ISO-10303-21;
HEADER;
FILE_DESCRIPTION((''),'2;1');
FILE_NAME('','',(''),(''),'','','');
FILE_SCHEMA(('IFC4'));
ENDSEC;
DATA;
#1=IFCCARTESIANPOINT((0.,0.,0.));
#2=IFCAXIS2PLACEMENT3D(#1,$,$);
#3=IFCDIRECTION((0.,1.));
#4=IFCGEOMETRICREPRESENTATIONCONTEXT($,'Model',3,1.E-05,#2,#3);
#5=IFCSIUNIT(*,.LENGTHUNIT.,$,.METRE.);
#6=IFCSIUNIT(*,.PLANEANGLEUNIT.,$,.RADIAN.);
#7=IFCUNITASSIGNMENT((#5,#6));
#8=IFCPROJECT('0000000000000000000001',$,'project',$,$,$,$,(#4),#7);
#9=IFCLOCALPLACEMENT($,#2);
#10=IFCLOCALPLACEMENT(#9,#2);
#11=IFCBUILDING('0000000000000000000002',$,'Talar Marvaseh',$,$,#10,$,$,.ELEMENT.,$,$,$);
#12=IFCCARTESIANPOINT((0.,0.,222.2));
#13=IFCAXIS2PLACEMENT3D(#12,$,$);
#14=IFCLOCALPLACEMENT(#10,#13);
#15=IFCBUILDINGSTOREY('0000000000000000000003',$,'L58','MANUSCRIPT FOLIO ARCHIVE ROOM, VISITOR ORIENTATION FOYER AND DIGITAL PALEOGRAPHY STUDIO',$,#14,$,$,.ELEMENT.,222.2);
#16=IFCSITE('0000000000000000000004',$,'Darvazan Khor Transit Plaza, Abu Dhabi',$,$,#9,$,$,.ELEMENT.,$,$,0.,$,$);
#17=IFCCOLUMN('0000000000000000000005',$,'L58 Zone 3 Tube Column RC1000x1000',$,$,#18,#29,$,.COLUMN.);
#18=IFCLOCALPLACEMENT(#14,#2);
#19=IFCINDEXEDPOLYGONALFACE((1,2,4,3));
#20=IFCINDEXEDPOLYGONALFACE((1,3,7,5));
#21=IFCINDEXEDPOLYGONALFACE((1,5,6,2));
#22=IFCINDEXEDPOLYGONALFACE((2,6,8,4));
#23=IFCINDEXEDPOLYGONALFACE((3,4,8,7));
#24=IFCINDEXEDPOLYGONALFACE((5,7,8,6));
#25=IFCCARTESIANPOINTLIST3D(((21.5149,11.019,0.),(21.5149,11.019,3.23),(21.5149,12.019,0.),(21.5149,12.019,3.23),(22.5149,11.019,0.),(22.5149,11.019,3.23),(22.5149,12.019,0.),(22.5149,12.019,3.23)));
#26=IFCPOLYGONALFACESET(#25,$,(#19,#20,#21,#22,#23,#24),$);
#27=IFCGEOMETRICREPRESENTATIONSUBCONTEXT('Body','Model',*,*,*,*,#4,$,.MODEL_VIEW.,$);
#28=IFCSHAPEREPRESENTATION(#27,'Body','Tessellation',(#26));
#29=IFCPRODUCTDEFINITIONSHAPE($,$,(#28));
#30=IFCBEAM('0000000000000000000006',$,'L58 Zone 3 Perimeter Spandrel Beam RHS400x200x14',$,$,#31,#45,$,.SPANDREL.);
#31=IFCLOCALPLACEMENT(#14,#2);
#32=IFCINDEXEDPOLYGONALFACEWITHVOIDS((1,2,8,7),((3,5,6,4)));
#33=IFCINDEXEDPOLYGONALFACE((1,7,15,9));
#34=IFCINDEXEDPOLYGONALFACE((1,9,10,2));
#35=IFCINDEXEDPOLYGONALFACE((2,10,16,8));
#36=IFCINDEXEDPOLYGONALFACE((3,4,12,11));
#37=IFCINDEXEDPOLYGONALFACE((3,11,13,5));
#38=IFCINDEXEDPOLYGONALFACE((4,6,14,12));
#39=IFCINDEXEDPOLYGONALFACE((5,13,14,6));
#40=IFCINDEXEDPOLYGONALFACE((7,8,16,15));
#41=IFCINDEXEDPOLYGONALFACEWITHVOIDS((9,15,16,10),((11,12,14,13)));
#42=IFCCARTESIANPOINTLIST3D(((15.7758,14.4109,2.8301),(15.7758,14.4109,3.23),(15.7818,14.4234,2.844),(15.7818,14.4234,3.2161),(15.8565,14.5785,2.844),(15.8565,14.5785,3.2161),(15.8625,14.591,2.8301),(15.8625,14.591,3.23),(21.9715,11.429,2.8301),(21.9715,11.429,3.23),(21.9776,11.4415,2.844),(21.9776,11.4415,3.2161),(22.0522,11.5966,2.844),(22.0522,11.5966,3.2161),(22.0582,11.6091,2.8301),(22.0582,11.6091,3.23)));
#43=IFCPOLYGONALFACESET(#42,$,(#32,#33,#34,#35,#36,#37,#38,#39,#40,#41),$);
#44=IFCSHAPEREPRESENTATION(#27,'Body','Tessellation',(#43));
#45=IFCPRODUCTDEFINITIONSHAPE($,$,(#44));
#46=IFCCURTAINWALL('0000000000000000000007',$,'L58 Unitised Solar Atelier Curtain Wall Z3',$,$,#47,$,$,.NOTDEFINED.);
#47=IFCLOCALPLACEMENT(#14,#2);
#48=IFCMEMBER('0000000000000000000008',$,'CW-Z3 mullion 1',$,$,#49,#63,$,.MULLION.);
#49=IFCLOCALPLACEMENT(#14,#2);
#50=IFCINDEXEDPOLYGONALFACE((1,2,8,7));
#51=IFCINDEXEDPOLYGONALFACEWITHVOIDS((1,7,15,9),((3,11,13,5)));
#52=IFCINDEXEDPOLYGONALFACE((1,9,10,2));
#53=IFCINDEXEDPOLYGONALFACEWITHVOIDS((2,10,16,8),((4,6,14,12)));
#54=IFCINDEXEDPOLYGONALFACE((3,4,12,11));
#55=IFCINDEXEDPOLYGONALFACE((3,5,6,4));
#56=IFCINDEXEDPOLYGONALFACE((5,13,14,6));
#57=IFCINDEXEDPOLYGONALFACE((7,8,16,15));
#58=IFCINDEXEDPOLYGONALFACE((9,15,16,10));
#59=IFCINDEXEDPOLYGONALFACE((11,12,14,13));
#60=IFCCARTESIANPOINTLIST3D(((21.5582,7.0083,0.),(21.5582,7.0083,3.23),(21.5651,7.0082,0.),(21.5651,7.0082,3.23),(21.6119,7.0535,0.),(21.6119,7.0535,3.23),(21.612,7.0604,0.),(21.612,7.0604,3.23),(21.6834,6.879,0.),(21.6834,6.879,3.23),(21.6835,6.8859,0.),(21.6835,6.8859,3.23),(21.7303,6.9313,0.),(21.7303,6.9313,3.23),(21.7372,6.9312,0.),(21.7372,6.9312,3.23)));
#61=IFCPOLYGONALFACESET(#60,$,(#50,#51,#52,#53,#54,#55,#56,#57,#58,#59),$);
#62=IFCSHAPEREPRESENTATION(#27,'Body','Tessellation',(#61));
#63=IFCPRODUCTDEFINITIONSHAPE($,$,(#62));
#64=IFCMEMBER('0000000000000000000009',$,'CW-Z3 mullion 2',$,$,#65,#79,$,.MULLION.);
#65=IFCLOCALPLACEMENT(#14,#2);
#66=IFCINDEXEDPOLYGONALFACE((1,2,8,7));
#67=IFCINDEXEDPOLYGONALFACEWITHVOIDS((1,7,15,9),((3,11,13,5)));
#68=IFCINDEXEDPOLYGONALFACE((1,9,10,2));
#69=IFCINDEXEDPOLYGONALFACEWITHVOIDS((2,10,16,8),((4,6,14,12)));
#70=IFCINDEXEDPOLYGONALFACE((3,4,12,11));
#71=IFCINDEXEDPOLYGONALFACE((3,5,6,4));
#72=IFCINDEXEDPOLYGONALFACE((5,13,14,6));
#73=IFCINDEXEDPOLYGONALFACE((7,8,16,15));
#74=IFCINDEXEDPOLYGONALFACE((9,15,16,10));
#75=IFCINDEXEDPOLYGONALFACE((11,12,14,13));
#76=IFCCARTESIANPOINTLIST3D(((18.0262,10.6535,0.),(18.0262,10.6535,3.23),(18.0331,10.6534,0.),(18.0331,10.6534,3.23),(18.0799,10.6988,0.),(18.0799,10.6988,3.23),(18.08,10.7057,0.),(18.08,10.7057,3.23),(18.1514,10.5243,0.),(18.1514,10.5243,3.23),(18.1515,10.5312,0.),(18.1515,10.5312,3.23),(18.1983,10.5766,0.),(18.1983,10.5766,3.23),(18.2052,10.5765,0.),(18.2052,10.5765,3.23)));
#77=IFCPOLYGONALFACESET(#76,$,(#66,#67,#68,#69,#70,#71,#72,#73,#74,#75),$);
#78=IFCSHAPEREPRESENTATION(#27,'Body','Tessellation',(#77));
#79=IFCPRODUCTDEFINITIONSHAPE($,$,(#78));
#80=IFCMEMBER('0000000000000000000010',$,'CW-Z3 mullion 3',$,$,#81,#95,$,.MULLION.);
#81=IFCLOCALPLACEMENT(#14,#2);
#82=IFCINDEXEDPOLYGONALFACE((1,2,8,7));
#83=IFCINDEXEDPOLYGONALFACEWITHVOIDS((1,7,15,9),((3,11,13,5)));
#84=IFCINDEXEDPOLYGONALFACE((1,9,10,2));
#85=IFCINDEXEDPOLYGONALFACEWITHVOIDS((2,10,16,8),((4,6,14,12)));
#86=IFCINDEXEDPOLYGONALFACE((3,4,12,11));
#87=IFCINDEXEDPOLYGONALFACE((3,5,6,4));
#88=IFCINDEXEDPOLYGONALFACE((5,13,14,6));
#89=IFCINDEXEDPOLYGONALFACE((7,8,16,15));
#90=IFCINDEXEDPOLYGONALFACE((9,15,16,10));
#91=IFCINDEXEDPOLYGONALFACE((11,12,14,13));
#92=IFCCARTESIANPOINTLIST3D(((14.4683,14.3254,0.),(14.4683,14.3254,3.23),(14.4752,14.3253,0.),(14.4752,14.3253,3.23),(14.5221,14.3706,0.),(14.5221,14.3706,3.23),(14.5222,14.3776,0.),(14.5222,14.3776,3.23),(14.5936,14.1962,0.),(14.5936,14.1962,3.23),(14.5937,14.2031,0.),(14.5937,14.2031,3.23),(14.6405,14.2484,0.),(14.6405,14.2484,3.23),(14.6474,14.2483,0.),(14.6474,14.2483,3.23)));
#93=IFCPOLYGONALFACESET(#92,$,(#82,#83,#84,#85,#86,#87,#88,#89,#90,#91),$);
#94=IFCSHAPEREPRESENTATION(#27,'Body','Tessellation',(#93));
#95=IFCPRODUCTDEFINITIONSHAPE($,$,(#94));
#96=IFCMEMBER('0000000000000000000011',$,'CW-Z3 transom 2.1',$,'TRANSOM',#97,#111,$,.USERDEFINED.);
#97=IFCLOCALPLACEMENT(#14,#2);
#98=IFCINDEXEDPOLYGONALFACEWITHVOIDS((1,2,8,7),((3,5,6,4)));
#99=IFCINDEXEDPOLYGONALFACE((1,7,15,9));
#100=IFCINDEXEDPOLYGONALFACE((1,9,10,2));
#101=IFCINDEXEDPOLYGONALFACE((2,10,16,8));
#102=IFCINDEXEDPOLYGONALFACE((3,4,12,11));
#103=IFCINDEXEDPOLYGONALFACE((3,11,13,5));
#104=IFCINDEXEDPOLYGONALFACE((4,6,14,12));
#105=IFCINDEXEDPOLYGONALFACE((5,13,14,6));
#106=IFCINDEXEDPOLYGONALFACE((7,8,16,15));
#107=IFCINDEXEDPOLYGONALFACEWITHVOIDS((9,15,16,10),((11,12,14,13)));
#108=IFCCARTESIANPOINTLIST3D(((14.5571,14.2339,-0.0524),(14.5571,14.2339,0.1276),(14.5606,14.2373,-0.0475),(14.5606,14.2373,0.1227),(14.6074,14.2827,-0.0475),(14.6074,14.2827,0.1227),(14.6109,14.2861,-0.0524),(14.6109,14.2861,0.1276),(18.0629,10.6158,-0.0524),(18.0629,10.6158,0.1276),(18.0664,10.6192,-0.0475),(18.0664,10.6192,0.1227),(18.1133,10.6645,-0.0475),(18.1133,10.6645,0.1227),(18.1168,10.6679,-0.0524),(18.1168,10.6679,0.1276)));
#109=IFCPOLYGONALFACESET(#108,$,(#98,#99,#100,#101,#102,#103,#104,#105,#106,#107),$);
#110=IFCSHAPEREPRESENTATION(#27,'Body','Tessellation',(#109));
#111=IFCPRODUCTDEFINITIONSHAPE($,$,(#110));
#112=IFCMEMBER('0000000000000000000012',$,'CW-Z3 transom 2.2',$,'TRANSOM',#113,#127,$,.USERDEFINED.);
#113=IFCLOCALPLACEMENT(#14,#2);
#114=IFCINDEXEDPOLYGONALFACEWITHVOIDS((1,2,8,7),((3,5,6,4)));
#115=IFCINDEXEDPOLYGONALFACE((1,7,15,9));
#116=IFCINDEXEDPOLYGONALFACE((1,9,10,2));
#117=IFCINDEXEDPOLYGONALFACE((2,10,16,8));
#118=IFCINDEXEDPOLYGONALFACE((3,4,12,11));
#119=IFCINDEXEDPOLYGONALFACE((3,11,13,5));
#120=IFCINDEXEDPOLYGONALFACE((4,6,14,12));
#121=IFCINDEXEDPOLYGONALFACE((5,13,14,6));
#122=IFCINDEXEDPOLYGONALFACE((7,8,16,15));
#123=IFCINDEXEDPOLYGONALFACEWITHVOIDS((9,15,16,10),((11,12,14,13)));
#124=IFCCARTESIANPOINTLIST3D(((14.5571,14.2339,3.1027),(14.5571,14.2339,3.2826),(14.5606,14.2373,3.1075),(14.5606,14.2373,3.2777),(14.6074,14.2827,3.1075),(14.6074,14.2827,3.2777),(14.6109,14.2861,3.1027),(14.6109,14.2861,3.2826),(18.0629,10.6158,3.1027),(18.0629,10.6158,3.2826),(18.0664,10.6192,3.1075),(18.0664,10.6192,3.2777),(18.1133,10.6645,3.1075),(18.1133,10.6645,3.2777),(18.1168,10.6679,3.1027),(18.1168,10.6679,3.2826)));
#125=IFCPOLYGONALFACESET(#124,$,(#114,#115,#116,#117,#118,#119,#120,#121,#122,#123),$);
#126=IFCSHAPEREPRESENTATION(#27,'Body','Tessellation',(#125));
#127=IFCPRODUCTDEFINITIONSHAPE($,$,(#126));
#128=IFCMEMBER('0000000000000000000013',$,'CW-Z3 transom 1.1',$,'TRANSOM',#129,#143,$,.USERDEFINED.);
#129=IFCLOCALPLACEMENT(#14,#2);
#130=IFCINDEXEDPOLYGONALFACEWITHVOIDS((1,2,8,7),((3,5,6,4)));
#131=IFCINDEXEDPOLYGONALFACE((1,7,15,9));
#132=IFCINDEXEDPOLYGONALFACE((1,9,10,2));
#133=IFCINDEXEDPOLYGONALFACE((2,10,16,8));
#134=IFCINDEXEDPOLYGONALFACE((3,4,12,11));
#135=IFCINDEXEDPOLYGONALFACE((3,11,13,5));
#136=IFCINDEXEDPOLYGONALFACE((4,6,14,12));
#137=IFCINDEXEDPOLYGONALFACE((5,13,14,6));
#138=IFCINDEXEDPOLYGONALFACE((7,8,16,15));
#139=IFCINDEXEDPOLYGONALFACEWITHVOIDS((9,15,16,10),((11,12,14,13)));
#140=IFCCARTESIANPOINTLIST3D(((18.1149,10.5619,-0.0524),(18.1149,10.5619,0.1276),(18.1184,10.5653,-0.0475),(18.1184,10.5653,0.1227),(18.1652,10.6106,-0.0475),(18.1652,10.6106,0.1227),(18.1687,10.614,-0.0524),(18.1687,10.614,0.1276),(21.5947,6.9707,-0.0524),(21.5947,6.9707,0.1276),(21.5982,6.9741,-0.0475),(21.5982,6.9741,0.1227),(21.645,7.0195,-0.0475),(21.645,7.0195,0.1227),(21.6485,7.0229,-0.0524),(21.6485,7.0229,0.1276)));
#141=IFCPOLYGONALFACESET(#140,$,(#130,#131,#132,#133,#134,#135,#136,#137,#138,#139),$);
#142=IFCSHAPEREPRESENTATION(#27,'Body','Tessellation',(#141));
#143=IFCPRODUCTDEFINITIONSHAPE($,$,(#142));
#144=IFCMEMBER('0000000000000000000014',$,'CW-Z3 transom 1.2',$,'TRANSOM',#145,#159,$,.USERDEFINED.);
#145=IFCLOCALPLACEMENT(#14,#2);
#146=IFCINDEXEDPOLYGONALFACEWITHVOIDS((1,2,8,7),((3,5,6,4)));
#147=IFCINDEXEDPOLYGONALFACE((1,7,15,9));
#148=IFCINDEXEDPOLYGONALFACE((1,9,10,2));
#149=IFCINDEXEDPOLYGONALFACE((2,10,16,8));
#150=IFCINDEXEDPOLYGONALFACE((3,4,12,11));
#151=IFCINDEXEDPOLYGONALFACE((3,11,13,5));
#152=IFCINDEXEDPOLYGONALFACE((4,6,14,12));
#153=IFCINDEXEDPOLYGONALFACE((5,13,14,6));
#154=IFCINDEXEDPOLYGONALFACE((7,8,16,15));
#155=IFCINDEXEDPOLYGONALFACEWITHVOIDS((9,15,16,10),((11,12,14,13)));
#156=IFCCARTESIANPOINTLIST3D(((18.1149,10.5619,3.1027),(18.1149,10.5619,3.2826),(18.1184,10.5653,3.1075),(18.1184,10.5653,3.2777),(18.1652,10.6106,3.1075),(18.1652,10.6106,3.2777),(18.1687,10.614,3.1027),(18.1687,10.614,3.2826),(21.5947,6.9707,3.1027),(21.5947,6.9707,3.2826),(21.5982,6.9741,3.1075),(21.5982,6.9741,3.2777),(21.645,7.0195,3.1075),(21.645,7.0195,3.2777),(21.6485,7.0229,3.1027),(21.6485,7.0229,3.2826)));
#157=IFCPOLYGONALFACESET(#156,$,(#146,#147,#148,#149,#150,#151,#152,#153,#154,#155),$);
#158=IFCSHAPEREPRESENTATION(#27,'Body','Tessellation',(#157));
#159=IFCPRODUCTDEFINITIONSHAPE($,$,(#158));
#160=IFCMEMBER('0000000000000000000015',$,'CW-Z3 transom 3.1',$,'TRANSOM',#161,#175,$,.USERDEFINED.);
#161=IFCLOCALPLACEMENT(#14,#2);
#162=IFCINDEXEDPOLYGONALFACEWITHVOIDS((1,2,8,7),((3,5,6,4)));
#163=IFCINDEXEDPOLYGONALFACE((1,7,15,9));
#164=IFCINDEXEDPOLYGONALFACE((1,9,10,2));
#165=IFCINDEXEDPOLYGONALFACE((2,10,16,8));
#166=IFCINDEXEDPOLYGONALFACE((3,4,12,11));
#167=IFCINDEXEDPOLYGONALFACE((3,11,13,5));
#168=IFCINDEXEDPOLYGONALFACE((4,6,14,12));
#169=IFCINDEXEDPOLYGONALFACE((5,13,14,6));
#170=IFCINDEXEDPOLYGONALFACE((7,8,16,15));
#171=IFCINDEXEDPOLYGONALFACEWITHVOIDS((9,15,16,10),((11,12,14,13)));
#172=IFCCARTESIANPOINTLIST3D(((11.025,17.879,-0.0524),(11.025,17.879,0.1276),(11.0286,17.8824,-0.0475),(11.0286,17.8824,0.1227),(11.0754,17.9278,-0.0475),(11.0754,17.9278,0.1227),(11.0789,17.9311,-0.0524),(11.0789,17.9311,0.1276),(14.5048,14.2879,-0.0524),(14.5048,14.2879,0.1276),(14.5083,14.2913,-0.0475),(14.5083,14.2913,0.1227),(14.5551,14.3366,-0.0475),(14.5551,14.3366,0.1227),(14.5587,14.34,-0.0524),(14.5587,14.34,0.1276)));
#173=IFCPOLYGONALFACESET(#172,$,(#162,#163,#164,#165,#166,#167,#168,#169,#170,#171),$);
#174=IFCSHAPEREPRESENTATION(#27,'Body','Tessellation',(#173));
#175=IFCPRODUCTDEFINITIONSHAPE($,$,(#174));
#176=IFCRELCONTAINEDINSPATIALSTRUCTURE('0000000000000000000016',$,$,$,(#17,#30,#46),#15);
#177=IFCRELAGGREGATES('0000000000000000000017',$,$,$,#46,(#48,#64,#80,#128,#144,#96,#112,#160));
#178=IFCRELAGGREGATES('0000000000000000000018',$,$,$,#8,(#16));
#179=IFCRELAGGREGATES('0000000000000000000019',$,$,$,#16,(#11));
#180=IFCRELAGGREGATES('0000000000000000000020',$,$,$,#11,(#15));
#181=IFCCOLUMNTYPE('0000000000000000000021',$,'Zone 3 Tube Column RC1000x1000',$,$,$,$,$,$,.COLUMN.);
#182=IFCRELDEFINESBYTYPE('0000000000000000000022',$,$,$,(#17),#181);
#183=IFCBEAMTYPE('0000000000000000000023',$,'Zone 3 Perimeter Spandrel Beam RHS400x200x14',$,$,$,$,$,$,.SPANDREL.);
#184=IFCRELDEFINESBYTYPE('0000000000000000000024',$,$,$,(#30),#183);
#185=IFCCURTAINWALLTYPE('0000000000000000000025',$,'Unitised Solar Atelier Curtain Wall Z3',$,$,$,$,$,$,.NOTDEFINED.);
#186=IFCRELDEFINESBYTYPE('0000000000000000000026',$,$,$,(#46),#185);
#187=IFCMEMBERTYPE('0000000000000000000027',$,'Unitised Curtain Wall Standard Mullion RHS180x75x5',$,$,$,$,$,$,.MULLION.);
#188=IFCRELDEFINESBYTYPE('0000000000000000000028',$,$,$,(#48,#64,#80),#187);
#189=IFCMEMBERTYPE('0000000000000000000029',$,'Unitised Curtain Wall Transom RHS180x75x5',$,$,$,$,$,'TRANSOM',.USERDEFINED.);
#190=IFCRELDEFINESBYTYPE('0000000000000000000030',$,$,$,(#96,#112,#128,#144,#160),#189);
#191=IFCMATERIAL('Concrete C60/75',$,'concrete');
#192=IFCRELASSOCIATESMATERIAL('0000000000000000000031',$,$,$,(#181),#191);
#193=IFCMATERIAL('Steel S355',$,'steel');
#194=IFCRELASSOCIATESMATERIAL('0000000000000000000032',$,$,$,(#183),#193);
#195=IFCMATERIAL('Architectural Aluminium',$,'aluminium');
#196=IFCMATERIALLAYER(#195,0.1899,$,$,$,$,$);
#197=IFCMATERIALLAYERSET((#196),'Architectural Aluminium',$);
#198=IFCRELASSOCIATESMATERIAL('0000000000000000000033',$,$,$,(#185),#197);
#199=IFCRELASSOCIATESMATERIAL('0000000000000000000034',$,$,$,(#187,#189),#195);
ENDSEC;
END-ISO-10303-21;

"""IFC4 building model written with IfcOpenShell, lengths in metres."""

from ifc_helpers import new_model, si_unit, direction, frame, origin, origin_2d, place, context, subcontext, project, spatial, rectangle, hollow_rectangle, extrude, source, transform, mapped, material, layer, layer_set, material_profile, profile_set, type_object, type_shapes, element, aggregate, save


model = new_model("IFC4")

# Units and contexts
model_context = context("Model", 3, precision=1e-05, world=origin(), true_north=direction((0.0, 1.0)))
body_context = subcontext(model_context, "Body", "Model", "MODEL_VIEW")
ifc_project = project(units=[si_unit("LENGTHUNIT", "METRE"), si_unit("PLANEANGLEUNIT", "RADIAN")], contexts=[model_context])

# Site, building, storey
site_placement = place(None, origin())
site = spatial("IfcSite", under=ifc_project, at=site_placement, Name="Darvazan Khor Transit Plaza, Abu Dhabi", CompositionType="ELEMENT", RefElevation=0.0)
building_placement = place(site_placement, origin())
building = spatial("IfcBuilding", under=site, at=building_placement, Name="Talar Marvaseh", CompositionType="ELEMENT")
storey_placement = place(building_placement, frame((0.0, 0.0, 222.2)))
storey = spatial("IfcBuildingStorey", under=building, at=storey_placement, Name="L58", Description="MANUSCRIPT FOLIO ARCHIVE ROOM, VISITOR ORIENTATION FOYER AND DIGITAL PALEOGRAPHY STUDIO", CompositionType="ELEMENT", Elevation=222.2)

# Column
ifc_material_1 = material(Name="Concrete C60/75", Category="concrete")
ifc_material_profile_1 = material_profile(ifc_material_1, rectangle(XDim=1.0, YDim=1.0, at=origin_2d()), Name="RC1000x1000")
ifc_profile_set_1 = profile_set([ifc_material_profile_1], Name="Concrete C60/75")
column_type = type_object("IfcColumnType", Name="Zone 3 Tube Column RC1000x1000", PredefinedType="COLUMN", material=ifc_profile_set_1)
column_placement = place(storey_placement, frame((22.0149, 11.519, 0.0), z_axis=(0.0, 0.0, 1.0), x_axis=(1.0, 0.0, 0.0)))
element("IfcColumn", 1, at=column_placement, inside=storey, type_object=column_type, Name="L58 Zone 3 Tube Column RC1000x1000", PredefinedType="COLUMN", context=body_context, shape_type="SweptSolid", body=[
    extrude(rectangle(XDim=1.0, YDim=1.0, at=origin_2d()), origin(), (0.0, 0.0, 1.0), 3.23),
])

# Beam
ifc_material_2 = material(Name="Steel S355", Category="steel")
ifc_material_profile_2 = material_profile(ifc_material_2, hollow_rectangle(XDim=0.2, YDim=0.3999, WallThickness=0.0139, at=origin_2d()), Name="RHS400x200x14")
ifc_profile_set_2 = profile_set([ifc_material_profile_2], Name="Steel S355")
beam_type = type_object("IfcBeamType", Name="Zone 3 Perimeter Spandrel Beam RHS400x200x14", PredefinedType="SPANDREL", material=ifc_profile_set_2)
beam_placement = place(storey_placement, frame((22.0149, 11.519, 3.03), z_axis=(-0.901072, 0.43367, 0.0), x_axis=(-0.43367, -0.901072, 0.0)))
element("IfcBeam", 2, at=beam_placement, inside=storey, type_object=beam_type, Name="L58 Zone 3 Perimeter Spandrel Beam RHS400x200x14", PredefinedType="SPANDREL", context=body_context, shape_type="SweptSolid", body=[
    extrude(hollow_rectangle(XDim=0.2, YDim=0.3999, WallThickness=0.0139, at=origin_2d()), origin(), (0.0, 0.0, 1.0), 6.876),
])

# Curtain wall, members
ifc_material_3 = material(Name="Architectural Aluminium", Category="aluminium")
ifc_layer_1 = layer(ifc_material_3, 0.1899)
ifc_layer_set_1 = layer_set([ifc_layer_1], Name="Architectural Aluminium")
curtain_wall_type = type_object("IfcCurtainWallType", Name="Unitised Solar Atelier Curtain Wall Z3", PredefinedType="NOTDEFINED", material=ifc_layer_set_1)
curtain_wall_placement = place(storey_placement, origin())
curtain_wall = element("IfcCurtainWall", 3, at=curtain_wall_placement, inside=storey, type_object=curtain_wall_type, Name="L58 Unitised Solar Atelier Curtain Wall Z3", PredefinedType="NOTDEFINED")
ifc_material_profile_3 = material_profile(ifc_material_3, hollow_rectangle(XDim=0.075, YDim=0.1799, WallThickness=0.0049, at=origin_2d()), Name="RHS180x75x5")
ifc_profile_set_3 = profile_set([ifc_material_profile_3], Name="Architectural Aluminium")
member_type_1 = type_object("IfcMemberType", Name="Unitised Curtain Wall Standard Mullion RHS180x75x5", PredefinedType="MULLION", material=ifc_profile_set_3)
shared_shape_1 = source(origin(), body_context, "Body", "SweptSolid", [
    extrude(hollow_rectangle(XDim=0.075, YDim=0.1799, WallThickness=0.0049, at=origin_2d()), origin(), (0.0, 0.0, 1.0), 3.23),
])
type_shapes(member_type_1, [shared_shape_1])
member_1_placement = place(storey_placement, frame((21.6477, 6.9697, 0.0), z_axis=(0.0, 0.0, 1.0), x_axis=(-0.718173, -0.695864, 0.0)))
member_1 = element("IfcMember", 4, at=member_1_placement, type_object=member_type_1, Name="CW-Z3 mullion 1", PredefinedType="MULLION", context=body_context, shape_type="MappedRepresentation", body=[
    mapped(shared_shape_1, transform((0.0, 0.0, 0.0), x_axis=(1.0, 0.0, 0.0), y_axis=(0.0, 1.0, 0.0), z_axis=(0.0, 0.0, 1.0), scale=1.0)),
])
member_2_placement = place(storey_placement, frame((18.1157, 10.615, 0.0), z_axis=(0.0, 0.0, 1.0), x_axis=(-0.718173, -0.695864, 0.0)))
member_2 = element("IfcMember", 5, at=member_2_placement, type_object=member_type_1, Name="CW-Z3 mullion 2", PredefinedType="MULLION", context=body_context, shape_type="MappedRepresentation", body=[
    mapped(shared_shape_1, transform((0.0, 0.0, 0.0), x_axis=(1.0, 0.0, 0.0), y_axis=(0.0, 1.0, 0.0), z_axis=(0.0, 0.0, 1.0), scale=1.0)),
])
member_3_placement = place(storey_placement, frame((14.5579, 14.2869, 0.0), z_axis=(0.0, 0.0, 1.0), x_axis=(-0.718173, -0.695864, 0.0)))
member_3 = element("IfcMember", 6, at=member_3_placement, type_object=member_type_1, Name="CW-Z3 mullion 3", PredefinedType="MULLION", context=body_context, shape_type="MappedRepresentation", body=[
    mapped(shared_shape_1, transform((0.0, 0.0, 0.0), x_axis=(1.0, 0.0, 0.0), y_axis=(0.0, 1.0, 0.0), z_axis=(0.0, 0.0, 1.0), scale=1.0)),
])
ifc_material_profile_4 = material_profile(ifc_material_3, hollow_rectangle(XDim=0.075, YDim=0.1799, WallThickness=0.0049, at=origin_2d()), Name="RHS180x75x5")
ifc_profile_set_4 = profile_set([ifc_material_profile_4], Name="Architectural Aluminium")
member_type_2 = type_object("IfcMemberType", Name="Unitised Curtain Wall Transom RHS180x75x5", ElementType="TRANSOM", PredefinedType="USERDEFINED", material=ifc_profile_set_4)
shared_shape_2 = source(origin(), body_context, "Body", "SweptSolid", [
    extrude(hollow_rectangle(XDim=0.075, YDim=0.1799, WallThickness=0.0049, at=origin_2d()), origin(), (0.0, 0.0, 1.0), 5.0381),
])
member_4_placement = place(storey_placement, frame((18.0898, 10.6418, 0.0376), z_axis=(-0.695873, 0.718165, 0.0), x_axis=(-0.718165, -0.695873, 0.0)))
member_4 = element("IfcMember", 7, at=member_4_placement, type_object=member_type_2, Name="CW-Z3 transom 2.1", ObjectType="TRANSOM", PredefinedType="USERDEFINED", context=body_context, shape_type="MappedRepresentation", body=[
    mapped(shared_shape_2, transform((0.0, 0.0, 0.0), x_axis=(1.0, 0.0, 0.0), y_axis=(0.0, 1.0, 0.0), z_axis=(0.0, 0.0, 1.0), scale=1.0)),
])
member_5_placement = place(storey_placement, frame((18.0898, 10.6418, 3.1926), z_axis=(-0.695873, 0.718165, 0.0), x_axis=(-0.718165, -0.695873, 0.0)))
member_5 = element("IfcMember", 8, at=member_5_placement, type_object=member_type_2, Name="CW-Z3 transom 2.2", ObjectType="TRANSOM", PredefinedType="USERDEFINED", context=body_context, shape_type="MappedRepresentation", body=[
    mapped(shared_shape_2, transform((0.0, 0.0, 0.0), x_axis=(1.0, 0.0, 0.0), y_axis=(0.0, 1.0, 0.0), z_axis=(0.0, 0.0, 1.0), scale=1.0)),
])
shared_shape_3 = source(origin(), body_context, "Body", "SweptSolid", [
    extrude(hollow_rectangle(XDim=0.075, YDim=0.1799, WallThickness=0.0049, at=origin_2d()), origin(), (0.0, 0.0, 1.0), 5.0005),
])
type_shapes(member_type_2, [shared_shape_2, shared_shape_3])
member_6_placement = place(storey_placement, frame((21.6216, 6.9968, 0.0376), z_axis=(-0.695887, 0.718151, 0.0), x_axis=(-0.718151, -0.695887, 0.0)))
member_6 = element("IfcMember", 9, at=member_6_placement, type_object=member_type_2, Name="CW-Z3 transom 1.1", ObjectType="TRANSOM", PredefinedType="USERDEFINED", context=body_context, shape_type="MappedRepresentation", body=[
    mapped(shared_shape_3, transform((0.0, 0.0, 0.0), x_axis=(1.0, 0.0, 0.0), y_axis=(0.0, 1.0, 0.0), z_axis=(0.0, 0.0, 1.0), scale=1.0)),
])
member_7_placement = place(storey_placement, frame((21.6216, 6.9968, 3.1926), z_axis=(-0.695887, 0.718151, 0.0), x_axis=(-0.718151, -0.695887, 0.0)))
member_7 = element("IfcMember", 10, at=member_7_placement, type_object=member_type_2, Name="CW-Z3 transom 1.2", ObjectType="TRANSOM", PredefinedType="USERDEFINED", context=body_context, shape_type="MappedRepresentation", body=[
    mapped(shared_shape_3, transform((0.0, 0.0, 0.0), x_axis=(1.0, 0.0, 0.0), y_axis=(0.0, 1.0, 0.0), z_axis=(0.0, 0.0, 1.0), scale=1.0)),
])
member_8_placement = place(storey_placement, frame((14.5317, 14.314, 0.0376), z_axis=(-0.695887, 0.718151, 0.0), x_axis=(-0.718151, -0.695887, 0.0)))
member_8 = element("IfcMember", 11, at=member_8_placement, type_object=member_type_2, Name="CW-Z3 transom 3.1", ObjectType="TRANSOM", PredefinedType="USERDEFINED", context=body_context, shape_type="MappedRepresentation", body=[
    mapped(shared_shape_3, transform((0.0, 0.0, 0.0), x_axis=(1.0, 0.0, 0.0), y_axis=(0.0, 1.0, 0.0), z_axis=(0.0, 0.0, 1.0), scale=1.0)),
])

aggregate(curtain_wall, [member_1, member_2, member_3, member_6, member_7, member_4, member_5, member_8])

save(model, "model.ifc")
